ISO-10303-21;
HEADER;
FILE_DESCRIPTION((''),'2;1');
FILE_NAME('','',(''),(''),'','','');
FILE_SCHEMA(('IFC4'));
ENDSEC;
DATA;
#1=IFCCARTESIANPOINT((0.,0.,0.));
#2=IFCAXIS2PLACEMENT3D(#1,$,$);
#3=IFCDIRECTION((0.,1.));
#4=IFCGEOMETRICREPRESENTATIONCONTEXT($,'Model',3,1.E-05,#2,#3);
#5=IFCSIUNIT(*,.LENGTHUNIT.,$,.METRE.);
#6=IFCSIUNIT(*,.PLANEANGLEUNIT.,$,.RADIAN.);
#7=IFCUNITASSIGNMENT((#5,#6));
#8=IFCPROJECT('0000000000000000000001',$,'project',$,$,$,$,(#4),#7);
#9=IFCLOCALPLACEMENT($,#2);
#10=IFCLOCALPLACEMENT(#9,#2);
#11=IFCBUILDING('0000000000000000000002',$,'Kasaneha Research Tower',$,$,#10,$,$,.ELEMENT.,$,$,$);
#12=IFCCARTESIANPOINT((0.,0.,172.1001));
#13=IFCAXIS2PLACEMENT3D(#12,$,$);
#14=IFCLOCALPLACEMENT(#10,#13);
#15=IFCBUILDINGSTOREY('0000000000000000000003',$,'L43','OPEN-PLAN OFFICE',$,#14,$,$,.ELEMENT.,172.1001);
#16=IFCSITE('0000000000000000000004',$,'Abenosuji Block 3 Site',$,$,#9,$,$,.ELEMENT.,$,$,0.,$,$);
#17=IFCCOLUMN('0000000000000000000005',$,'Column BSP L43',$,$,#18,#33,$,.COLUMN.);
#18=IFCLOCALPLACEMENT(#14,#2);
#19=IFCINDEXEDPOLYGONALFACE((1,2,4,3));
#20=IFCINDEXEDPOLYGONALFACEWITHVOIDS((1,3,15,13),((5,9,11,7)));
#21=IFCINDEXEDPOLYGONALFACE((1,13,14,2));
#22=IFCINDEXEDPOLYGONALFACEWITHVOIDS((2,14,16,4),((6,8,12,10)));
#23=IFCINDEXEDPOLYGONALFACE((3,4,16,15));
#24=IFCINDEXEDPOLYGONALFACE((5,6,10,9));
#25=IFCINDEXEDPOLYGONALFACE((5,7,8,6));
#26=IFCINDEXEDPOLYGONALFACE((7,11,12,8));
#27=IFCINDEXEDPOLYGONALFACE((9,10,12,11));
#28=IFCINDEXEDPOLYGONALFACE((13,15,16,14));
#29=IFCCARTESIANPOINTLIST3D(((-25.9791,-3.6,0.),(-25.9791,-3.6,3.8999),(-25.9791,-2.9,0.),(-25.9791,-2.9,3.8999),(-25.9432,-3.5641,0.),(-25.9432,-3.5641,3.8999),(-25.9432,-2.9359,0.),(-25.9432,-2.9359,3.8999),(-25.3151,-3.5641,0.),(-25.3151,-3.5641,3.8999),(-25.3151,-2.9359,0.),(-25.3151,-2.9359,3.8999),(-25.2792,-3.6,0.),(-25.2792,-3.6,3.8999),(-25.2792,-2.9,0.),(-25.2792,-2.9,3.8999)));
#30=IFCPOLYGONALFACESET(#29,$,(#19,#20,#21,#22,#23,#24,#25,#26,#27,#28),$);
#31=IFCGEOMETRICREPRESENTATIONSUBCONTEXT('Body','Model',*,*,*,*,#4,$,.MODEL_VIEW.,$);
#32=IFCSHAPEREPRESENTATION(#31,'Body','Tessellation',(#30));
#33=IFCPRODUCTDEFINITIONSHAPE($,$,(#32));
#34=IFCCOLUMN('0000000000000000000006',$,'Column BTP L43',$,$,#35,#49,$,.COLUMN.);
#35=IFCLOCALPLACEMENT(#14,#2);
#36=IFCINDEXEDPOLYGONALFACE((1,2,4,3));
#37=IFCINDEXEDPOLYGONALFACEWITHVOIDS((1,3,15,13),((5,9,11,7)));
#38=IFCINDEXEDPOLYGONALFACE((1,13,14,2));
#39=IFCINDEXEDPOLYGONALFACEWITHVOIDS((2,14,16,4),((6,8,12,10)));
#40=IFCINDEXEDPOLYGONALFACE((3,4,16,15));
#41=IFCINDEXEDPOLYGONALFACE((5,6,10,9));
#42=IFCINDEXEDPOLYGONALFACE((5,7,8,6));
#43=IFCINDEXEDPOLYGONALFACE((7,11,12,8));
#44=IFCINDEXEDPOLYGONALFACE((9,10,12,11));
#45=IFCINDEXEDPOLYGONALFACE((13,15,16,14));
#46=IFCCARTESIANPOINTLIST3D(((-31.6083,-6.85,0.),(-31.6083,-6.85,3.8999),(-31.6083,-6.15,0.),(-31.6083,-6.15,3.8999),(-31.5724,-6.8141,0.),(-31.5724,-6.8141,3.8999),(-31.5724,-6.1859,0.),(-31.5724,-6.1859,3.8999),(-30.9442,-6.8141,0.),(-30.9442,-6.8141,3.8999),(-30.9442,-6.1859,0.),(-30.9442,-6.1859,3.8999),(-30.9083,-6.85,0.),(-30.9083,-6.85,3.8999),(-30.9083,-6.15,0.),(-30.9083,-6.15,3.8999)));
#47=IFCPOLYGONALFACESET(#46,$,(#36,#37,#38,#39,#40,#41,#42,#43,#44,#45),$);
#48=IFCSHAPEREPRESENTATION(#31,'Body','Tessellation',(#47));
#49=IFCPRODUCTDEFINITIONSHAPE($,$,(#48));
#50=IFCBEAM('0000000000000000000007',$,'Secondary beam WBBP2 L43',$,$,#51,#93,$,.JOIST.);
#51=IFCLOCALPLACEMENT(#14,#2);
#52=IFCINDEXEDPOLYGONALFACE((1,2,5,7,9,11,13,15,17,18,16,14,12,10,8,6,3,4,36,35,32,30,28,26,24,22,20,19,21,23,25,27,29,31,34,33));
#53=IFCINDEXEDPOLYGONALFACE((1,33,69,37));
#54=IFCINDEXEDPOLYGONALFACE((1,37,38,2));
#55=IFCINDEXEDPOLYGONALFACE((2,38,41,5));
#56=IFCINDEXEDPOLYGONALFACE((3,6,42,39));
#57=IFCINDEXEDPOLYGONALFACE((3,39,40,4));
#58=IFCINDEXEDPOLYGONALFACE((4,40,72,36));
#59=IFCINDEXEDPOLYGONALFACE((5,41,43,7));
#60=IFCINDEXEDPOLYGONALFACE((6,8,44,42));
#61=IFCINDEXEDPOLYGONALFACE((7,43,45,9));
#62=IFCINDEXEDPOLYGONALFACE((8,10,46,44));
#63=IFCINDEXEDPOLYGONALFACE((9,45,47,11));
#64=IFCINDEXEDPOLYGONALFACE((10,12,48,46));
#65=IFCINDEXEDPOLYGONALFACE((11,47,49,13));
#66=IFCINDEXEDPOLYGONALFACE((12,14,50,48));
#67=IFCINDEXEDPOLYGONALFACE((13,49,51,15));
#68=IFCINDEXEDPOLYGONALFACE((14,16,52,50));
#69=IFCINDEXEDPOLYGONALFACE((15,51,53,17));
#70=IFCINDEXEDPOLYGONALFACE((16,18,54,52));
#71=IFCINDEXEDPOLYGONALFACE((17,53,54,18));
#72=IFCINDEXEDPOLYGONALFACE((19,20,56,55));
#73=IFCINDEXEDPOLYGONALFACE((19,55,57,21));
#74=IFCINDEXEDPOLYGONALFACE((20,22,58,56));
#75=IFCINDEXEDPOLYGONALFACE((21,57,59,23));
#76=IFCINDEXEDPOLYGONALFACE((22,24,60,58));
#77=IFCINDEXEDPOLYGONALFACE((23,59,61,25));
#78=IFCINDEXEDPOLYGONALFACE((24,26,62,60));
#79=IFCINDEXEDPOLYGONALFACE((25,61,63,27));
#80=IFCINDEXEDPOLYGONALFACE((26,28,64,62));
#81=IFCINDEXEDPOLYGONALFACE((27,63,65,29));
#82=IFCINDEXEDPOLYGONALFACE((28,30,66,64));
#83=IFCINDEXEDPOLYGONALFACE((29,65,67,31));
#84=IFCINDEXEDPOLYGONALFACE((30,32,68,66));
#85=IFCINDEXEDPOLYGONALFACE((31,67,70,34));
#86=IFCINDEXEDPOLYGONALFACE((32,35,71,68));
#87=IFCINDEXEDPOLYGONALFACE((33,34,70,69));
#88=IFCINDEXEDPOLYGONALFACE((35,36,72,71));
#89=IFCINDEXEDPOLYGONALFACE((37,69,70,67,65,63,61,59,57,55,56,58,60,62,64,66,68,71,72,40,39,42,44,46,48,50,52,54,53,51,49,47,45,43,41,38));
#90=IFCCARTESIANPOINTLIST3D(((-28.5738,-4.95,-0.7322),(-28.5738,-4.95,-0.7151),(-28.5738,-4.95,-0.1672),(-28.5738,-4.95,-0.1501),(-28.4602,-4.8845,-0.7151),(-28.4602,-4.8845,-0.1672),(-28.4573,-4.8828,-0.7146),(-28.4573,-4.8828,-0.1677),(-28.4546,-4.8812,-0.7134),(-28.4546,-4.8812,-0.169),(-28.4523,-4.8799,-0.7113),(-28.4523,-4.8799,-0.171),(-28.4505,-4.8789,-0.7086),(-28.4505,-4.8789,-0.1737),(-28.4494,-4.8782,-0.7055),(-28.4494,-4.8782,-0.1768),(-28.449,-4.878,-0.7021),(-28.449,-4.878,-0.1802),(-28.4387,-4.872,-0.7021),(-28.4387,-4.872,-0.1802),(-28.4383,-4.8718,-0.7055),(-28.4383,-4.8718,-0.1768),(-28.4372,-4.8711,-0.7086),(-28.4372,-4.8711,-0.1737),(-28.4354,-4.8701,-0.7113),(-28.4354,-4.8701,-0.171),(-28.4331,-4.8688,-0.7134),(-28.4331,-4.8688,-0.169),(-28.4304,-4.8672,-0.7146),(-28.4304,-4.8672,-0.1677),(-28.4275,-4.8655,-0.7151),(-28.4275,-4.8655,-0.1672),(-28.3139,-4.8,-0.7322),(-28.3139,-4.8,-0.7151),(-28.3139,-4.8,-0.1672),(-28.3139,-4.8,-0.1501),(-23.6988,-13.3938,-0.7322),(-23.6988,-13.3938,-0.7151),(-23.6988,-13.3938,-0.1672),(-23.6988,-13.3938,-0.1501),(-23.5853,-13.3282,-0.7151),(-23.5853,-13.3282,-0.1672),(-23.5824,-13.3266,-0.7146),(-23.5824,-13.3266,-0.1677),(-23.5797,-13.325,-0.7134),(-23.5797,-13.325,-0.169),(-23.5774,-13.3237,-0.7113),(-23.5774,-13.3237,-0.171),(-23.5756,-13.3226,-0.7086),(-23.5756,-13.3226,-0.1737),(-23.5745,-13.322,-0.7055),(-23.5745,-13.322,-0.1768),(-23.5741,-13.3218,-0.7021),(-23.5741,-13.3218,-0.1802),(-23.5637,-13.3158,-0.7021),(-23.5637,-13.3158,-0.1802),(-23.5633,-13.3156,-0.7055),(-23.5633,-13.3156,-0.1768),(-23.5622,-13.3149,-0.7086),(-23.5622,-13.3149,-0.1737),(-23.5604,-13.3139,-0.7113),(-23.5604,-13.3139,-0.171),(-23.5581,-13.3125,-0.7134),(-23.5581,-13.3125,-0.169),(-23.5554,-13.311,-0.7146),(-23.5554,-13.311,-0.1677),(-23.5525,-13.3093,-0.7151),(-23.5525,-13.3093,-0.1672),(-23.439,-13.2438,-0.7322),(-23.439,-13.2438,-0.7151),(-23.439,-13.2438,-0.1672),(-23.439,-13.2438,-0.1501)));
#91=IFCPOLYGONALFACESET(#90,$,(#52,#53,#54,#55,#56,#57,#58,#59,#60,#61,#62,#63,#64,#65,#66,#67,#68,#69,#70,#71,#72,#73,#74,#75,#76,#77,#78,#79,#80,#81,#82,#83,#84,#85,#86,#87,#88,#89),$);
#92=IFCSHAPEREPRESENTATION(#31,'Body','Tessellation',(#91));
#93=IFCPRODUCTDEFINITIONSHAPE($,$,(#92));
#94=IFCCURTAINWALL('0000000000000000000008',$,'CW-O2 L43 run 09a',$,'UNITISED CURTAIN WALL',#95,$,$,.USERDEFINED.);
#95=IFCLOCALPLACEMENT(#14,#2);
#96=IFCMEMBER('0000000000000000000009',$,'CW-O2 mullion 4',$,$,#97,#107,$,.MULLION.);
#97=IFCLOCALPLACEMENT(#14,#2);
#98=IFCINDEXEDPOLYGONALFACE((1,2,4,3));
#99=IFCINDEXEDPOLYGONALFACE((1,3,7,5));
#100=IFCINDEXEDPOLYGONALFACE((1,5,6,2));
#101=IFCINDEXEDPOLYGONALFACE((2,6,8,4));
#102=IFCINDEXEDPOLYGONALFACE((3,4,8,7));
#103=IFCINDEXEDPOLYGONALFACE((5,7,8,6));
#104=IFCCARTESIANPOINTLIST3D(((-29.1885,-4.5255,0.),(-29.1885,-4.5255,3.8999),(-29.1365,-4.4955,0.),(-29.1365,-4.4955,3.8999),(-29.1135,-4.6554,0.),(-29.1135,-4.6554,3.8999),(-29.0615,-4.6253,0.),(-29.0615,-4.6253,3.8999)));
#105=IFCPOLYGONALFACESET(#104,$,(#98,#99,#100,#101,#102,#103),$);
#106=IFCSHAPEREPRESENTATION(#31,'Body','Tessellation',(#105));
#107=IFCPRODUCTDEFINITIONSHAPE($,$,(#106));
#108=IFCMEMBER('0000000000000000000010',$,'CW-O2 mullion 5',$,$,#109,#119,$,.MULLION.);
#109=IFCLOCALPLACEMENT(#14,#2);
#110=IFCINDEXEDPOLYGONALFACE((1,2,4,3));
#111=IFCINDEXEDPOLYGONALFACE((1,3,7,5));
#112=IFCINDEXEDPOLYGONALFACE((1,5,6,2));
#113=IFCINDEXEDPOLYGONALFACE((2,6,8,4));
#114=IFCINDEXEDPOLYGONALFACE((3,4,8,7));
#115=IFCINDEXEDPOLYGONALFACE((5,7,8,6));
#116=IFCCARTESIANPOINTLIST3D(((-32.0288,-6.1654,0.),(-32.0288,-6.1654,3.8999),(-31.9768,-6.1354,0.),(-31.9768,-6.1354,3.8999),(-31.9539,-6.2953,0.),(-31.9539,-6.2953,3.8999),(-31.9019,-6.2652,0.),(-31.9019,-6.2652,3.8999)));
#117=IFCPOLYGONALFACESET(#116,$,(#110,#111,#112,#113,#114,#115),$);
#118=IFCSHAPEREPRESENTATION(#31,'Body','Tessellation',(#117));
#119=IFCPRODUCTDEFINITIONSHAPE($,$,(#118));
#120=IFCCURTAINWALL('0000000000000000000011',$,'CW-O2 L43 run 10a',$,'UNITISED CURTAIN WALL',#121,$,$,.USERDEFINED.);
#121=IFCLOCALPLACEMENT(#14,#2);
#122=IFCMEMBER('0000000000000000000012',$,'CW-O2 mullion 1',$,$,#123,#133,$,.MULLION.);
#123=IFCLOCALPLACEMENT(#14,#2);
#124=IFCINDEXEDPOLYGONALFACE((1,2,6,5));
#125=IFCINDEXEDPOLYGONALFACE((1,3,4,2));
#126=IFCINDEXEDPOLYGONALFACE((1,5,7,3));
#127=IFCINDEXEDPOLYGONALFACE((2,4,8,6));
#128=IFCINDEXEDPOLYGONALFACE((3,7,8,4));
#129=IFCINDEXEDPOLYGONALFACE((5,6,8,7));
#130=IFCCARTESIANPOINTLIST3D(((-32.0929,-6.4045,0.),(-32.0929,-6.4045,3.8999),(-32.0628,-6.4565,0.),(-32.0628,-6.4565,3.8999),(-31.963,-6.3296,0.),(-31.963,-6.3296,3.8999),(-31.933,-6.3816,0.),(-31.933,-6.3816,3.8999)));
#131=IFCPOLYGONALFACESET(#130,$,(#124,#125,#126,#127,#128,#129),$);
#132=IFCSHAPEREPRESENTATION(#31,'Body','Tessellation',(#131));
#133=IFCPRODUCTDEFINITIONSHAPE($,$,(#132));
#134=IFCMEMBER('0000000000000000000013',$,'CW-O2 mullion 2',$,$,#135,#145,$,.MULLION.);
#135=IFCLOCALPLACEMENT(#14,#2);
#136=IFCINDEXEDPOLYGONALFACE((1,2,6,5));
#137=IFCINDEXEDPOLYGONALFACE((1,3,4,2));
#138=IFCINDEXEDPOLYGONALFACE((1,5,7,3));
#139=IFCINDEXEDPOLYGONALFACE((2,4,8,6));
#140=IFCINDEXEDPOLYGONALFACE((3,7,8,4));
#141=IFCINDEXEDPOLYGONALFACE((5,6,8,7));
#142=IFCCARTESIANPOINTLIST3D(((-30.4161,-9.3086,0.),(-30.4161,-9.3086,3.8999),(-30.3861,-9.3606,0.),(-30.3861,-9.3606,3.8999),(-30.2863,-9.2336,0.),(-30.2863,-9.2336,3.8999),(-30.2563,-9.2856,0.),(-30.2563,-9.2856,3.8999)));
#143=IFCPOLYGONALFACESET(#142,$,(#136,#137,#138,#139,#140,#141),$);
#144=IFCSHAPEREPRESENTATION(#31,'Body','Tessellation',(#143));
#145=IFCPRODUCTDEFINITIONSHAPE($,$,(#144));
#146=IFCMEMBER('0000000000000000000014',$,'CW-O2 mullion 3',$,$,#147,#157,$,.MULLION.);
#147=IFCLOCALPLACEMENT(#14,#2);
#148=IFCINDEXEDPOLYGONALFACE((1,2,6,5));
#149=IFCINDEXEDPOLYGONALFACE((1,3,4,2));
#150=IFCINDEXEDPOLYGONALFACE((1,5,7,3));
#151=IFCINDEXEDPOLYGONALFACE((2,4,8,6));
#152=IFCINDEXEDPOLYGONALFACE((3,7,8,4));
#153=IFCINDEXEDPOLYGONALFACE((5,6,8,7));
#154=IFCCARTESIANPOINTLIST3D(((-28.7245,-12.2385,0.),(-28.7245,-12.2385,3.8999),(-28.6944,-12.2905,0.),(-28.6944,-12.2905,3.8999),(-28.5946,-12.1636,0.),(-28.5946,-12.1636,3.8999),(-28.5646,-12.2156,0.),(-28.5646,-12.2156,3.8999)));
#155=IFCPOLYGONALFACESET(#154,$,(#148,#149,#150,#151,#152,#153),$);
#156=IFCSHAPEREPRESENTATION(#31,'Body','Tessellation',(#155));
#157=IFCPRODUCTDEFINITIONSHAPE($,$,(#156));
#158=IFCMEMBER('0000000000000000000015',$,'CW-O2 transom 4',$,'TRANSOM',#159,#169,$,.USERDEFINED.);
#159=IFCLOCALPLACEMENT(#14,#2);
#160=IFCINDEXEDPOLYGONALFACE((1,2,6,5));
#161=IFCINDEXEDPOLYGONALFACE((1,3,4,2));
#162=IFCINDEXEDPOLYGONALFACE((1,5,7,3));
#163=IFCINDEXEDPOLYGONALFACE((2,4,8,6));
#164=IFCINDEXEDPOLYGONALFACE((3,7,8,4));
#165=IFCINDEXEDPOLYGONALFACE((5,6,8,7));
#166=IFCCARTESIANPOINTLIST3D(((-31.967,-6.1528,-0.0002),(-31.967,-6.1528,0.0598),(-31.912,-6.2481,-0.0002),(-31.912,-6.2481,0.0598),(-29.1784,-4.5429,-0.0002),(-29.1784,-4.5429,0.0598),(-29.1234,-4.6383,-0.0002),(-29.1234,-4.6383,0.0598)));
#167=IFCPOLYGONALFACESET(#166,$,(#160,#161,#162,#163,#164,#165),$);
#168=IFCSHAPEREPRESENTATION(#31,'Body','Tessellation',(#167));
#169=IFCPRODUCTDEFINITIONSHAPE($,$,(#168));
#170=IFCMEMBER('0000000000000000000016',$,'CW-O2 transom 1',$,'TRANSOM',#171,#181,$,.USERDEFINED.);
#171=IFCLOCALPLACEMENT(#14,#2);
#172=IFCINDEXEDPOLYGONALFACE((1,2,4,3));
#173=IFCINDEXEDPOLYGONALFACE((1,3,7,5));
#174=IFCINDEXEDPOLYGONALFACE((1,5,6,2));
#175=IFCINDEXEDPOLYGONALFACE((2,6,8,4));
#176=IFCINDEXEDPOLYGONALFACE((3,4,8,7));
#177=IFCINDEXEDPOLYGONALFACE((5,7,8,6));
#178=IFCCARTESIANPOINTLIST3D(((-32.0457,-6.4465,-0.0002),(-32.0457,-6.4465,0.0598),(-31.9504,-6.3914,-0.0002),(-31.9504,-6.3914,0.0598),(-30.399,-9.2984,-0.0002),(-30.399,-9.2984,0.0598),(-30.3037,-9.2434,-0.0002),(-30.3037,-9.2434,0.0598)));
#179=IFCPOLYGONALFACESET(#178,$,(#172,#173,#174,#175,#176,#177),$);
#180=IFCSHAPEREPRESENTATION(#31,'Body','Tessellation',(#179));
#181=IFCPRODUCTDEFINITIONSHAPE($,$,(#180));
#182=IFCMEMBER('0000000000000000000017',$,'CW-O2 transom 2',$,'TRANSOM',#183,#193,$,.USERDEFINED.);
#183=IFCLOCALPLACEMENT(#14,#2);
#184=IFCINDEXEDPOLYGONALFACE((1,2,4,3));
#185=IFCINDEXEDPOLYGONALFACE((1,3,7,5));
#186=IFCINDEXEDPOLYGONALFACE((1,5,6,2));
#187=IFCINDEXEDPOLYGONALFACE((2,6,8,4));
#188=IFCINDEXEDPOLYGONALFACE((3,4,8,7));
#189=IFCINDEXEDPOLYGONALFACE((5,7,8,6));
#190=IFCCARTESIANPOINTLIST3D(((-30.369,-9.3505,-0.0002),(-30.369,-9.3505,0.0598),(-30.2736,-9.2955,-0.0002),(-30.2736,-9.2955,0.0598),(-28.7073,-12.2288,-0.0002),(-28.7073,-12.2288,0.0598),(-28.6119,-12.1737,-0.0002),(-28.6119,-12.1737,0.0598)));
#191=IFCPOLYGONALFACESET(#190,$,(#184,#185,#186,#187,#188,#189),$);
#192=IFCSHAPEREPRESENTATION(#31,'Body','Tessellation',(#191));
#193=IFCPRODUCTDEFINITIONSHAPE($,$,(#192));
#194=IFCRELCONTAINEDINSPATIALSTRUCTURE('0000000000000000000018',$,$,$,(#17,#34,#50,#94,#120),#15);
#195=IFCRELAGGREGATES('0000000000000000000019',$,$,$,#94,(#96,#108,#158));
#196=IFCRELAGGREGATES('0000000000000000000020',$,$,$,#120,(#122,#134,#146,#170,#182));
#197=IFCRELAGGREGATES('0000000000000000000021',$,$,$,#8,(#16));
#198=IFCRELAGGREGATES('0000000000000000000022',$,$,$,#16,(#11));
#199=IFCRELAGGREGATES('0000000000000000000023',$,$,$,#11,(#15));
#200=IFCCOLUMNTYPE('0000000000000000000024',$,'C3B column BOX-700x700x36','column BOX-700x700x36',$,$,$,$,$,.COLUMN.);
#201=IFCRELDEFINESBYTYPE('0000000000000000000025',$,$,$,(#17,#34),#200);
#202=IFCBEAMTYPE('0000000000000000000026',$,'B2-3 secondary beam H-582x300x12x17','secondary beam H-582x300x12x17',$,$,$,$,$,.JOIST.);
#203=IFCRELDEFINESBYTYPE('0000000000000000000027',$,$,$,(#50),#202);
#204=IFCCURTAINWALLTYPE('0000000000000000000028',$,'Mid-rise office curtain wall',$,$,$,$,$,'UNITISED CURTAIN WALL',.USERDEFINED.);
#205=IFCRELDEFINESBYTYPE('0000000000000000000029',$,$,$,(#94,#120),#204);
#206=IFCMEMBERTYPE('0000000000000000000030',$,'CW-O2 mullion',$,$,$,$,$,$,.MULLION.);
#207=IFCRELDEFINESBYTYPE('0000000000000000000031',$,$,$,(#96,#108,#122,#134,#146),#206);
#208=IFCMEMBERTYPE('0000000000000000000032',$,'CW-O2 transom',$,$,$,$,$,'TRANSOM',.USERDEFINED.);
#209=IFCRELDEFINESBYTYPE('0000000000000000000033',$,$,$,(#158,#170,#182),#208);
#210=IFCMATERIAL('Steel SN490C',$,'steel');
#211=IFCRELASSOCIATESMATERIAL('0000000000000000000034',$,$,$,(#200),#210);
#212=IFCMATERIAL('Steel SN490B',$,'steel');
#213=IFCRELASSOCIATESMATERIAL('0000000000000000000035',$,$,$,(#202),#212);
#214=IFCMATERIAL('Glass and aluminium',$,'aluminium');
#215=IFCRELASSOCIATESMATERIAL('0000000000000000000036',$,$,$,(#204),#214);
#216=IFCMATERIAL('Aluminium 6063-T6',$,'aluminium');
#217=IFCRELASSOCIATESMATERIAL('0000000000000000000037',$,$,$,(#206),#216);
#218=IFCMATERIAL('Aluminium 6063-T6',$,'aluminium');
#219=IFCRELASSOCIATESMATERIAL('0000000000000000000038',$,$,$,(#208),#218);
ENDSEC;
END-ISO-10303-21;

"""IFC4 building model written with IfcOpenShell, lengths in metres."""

from ifc_helpers import new_model, si_unit, direction, frame, origin, origin_2d, place, context, subcontext, project, spatial, rectangle, hollow_rectangle, i_section, extrude, material, material_profile, profile_set, type_object, element, aggregate, save


model = new_model("IFC4")

# Units and contexts
model_context = context("Model", 3, precision=1e-05, world=origin(), true_north=direction((0.0, 1.0)))
body_context = subcontext(model_context, "Body", "Model", "MODEL_VIEW")
ifc_project = project(units=[si_unit("LENGTHUNIT", "METRE"), si_unit("PLANEANGLEUNIT", "RADIAN")], contexts=[model_context])

# Site, building, storey
site_placement = place(None, origin())
site = spatial("IfcSite", under=ifc_project, at=site_placement, Name="Abenosuji Block 3 Site", CompositionType="ELEMENT", RefElevation=0.0)
building_placement = place(site_placement, origin())
building = spatial("IfcBuilding", under=site, at=building_placement, Name="Kasaneha Research Tower", CompositionType="ELEMENT")
storey_placement = place(building_placement, frame((0.0, 0.0, 172.1001)))
storey = spatial("IfcBuildingStorey", under=building, at=storey_placement, Name="L43", Description="OPEN-PLAN OFFICE", CompositionType="ELEMENT", Elevation=172.1001)

# Columns
ifc_material_1 = material(Name="Steel SN490C", Category="steel")
ifc_material_profile_1 = material_profile(ifc_material_1, hollow_rectangle(XDim=0.7, YDim=0.7, WallThickness=0.0359, at=origin_2d()), Name="BOX-700x700x36")
ifc_profile_set_1 = profile_set([ifc_material_profile_1], Name="Steel SN490C")
column_type = type_object("IfcColumnType", Name="C3B column BOX-700x700x36", Description="column BOX-700x700x36", PredefinedType="COLUMN", material=ifc_profile_set_1)
for number, where, z_axis, x_axis, name in (
    (1, (-25.6292, -3.25, 0.0), (0.0, 0.0, 1.0), (1.0, 0.0, 0.0), "Column BSP L43"),
    (2, (-31.2583, -6.5, 0.0), (0.0, 0.0, 1.0), (1.0, 0.0, 0.0), "Column BTP L43"),
):
    element("IfcColumn", number, at=place(storey_placement, frame(where, z_axis=z_axis, x_axis=x_axis)), inside=storey, type_object=column_type, Name=name, PredefinedType="COLUMN", context=body_context, shape_type="SweptSolid", body=[
        extrude(hollow_rectangle(XDim=0.7, YDim=0.7, WallThickness=0.0359, at=origin_2d()), origin(), (0.0, 0.0, 1.0), 3.8999),
    ])

# Beam
ifc_material_2 = material(Name="Steel SN490B", Category="steel")
ifc_material_profile_2 = material_profile(ifc_material_2, i_section(OverallWidth=0.3, OverallDepth=0.582, WebThickness=0.012, FlangeThickness=0.0171, FilletRadius=0.0129, at=origin_2d()), Name="H-582x300x12x17")
ifc_profile_set_2 = profile_set([ifc_material_profile_2], Name="Steel SN490B")
beam_type_1 = type_object("IfcBeamType", Name="B2-3 secondary beam H-582x300x12x17", Description="secondary beam H-582x300x12x17", PredefinedType="JOIST", material=ifc_profile_set_2)
beam_1_placement = place(storey_placement, frame((-28.4438, -4.875, -0.4412), z_axis=(0.499996, -0.866028, 0.0), x_axis=(0.866028, 0.499996, 0.0)))
element("IfcBeam", 3, at=beam_1_placement, inside=storey, type_object=beam_type_1, Name="Secondary beam WBBP2 L43", PredefinedType="JOIST", context=body_context, shape_type="SweptSolid", body=[
    extrude(i_section(OverallWidth=0.3, OverallDepth=0.582, WebThickness=0.012, FlangeThickness=0.0171, FilletRadius=0.0129, at=origin_2d()), origin(), (0.0, 0.0, 1.0), 9.75),
])

# Curtain walls, members
ifc_material_3 = material(Name="Glass and aluminium", Category="aluminium")
curtain_wall_type = type_object("IfcCurtainWallType", Name="Mid-rise office curtain wall", ElementType="UNITISED CURTAIN WALL", PredefinedType="USERDEFINED", material=ifc_material_3)
curtain_wall_1_placement = place(storey_placement, origin())
curtain_wall_1 = element("IfcCurtainWall", 4, at=curtain_wall_1_placement, inside=storey, type_object=curtain_wall_type, Name="CW-O2 L43 run 09a", ObjectType="UNITISED CURTAIN WALL", PredefinedType="USERDEFINED")
ifc_material_4 = material(Name="Aluminium 6063-T6", Category="aluminium")
ifc_material_profile_3 = material_profile(ifc_material_4, rectangle(XDim=0.0601, YDim=0.1499, at=origin_2d()), Name="CW-O2 mullion 60x150")
ifc_profile_set_3 = profile_set([ifc_material_profile_3], Name="Aluminium 6063-T6")
member_type_1 = type_object("IfcMemberType", Name="CW-O2 mullion", PredefinedType="MULLION", material=ifc_profile_set_3)
member_1_placement = place(storey_placement, frame((-29.125, -4.5754, 0.0), z_axis=(0.0, 0.0, 1.0), x_axis=(-0.866025, -0.5, 0.0)))
member_1 = element("IfcMember", 5, at=member_1_placement, type_object=member_type_1, Name="CW-O2 mullion 4", PredefinedType="MULLION", context=body_context, shape_type="SweptSolid", body=[
    extrude(rectangle(XDim=0.0601, YDim=0.1499, at=origin_2d()), origin(), (0.0, 0.0, 1.0), 3.8999),
])
member_2_placement = place(storey_placement, frame((-31.9653, -6.2153, 0.0), z_axis=(0.0, 0.0, 1.0), x_axis=(-0.866025, -0.5, 0.0)))
member_2 = element("IfcMember", 6, at=member_2_placement, type_object=member_type_1, Name="CW-O2 mullion 5", PredefinedType="MULLION", context=body_context, shape_type="SweptSolid", body=[
    extrude(rectangle(XDim=0.0601, YDim=0.1499, at=origin_2d()), origin(), (0.0, 0.0, 1.0), 3.8999),
])
curtain_wall_2_placement = place(storey_placement, origin())
curtain_wall_2 = element("IfcCurtainWall", 7, at=curtain_wall_2_placement, inside=storey, type_object=curtain_wall_type, Name="CW-O2 L43 run 10a", ObjectType="UNITISED CURTAIN WALL", PredefinedType="USERDEFINED")
member_3_placement = place(storey_placement, frame((-32.0129, -6.3931, 0.0), z_axis=(0.0, 0.0, 1.0), x_axis=(0.5, -0.866025, 0.0)))
member_3 = element("IfcMember", 8, at=member_3_placement, type_object=member_type_1, Name="CW-O2 mullion 1", PredefinedType="MULLION", context=body_context, shape_type="SweptSolid", body=[
    extrude(rectangle(XDim=0.0601, YDim=0.1499, at=origin_2d()), origin(), (0.0, 0.0, 1.0), 3.8999),
])
member_4_placement = place(storey_placement, frame((-30.3362, -9.2971, 0.0), z_axis=(0.0, 0.0, 1.0), x_axis=(0.5, -0.866025, 0.0)))
member_4 = element("IfcMember", 9, at=member_4_placement, type_object=member_type_1, Name="CW-O2 mullion 2", PredefinedType="MULLION", context=body_context, shape_type="SweptSolid", body=[
    extrude(rectangle(XDim=0.0601, YDim=0.1499, at=origin_2d()), origin(), (0.0, 0.0, 1.0), 3.8999),
])
member_5_placement = place(storey_placement, frame((-28.6445, -12.2271, 0.0), z_axis=(0.0, 0.0, 1.0), x_axis=(0.5, -0.866025, 0.0)))
member_5 = element("IfcMember", 10, at=member_5_placement, type_object=member_type_1, Name="CW-O2 mullion 3", PredefinedType="MULLION", context=body_context, shape_type="SweptSolid", body=[
    extrude(rectangle(XDim=0.0601, YDim=0.1499, at=origin_2d()), origin(), (0.0, 0.0, 1.0), 3.8999),
])

# Members
ifc_material_5 = material(Name="Aluminium 6063-T6", Category="aluminium")
ifc_material_profile_4 = material_profile(ifc_material_5, rectangle(XDim=0.1101, YDim=0.0601, at=origin_2d()), Name="CW-O2 transom 110x60")
ifc_profile_set_4 = profile_set([ifc_material_profile_4], Name="Aluminium 6063-T6")
member_type_2 = type_object("IfcMemberType", Name="CW-O2 transom", ElementType="TRANSOM", PredefinedType="USERDEFINED", material=ifc_profile_set_4)
member_6_placement = place(storey_placement, frame((-29.1509, -4.5906, 0.0298), z_axis=(-0.866042, -0.499972, 0.0), x_axis=(0.499972, -0.866042, 0.0)))
member_6 = element("IfcMember", 11, at=member_6_placement, type_object=member_type_2, Name="CW-O2 transom 4", ObjectType="TRANSOM", PredefinedType="USERDEFINED", context=body_context, shape_type="SweptSolid", body=[
    extrude(rectangle(XDim=0.1101, YDim=0.0601, at=origin_2d()), origin(), (0.0, 0.0, 1.0), 3.22),
])
member_7_placement = place(storey_placement, frame((-31.998, -6.4189, 0.0298), z_axis=(0.500022, -0.866013, 0.0), x_axis=(0.866013, 0.500022, 0.0)))
member_7 = element("IfcMember", 12, at=member_7_placement, type_object=member_type_2, Name="CW-O2 transom 1", ObjectType="TRANSOM", PredefinedType="USERDEFINED", context=body_context, shape_type="SweptSolid", body=[
    extrude(rectangle(XDim=0.1101, YDim=0.0601, at=origin_2d()), origin(), (0.0, 0.0, 1.0), 3.2932),
])
member_8_placement = place(storey_placement, frame((-30.3213, -9.323, 0.0298), z_axis=(0.499979, -0.866038, 0.0), x_axis=(0.866038, 0.499979, 0.0)))
member_8 = element("IfcMember", 13, at=member_8_placement, type_object=member_type_2, Name="CW-O2 transom 2", ObjectType="TRANSOM", PredefinedType="USERDEFINED", context=body_context, shape_type="SweptSolid", body=[
    extrude(rectangle(XDim=0.1101, YDim=0.0601, at=origin_2d()), origin(), (0.0, 0.0, 1.0), 3.3235),
])

aggregate(curtain_wall_1, [member_1, member_2, member_6])
aggregate(curtain_wall_2, [member_3, member_4, member_5, member_7, member_8])

save(model, "model.ifc")
